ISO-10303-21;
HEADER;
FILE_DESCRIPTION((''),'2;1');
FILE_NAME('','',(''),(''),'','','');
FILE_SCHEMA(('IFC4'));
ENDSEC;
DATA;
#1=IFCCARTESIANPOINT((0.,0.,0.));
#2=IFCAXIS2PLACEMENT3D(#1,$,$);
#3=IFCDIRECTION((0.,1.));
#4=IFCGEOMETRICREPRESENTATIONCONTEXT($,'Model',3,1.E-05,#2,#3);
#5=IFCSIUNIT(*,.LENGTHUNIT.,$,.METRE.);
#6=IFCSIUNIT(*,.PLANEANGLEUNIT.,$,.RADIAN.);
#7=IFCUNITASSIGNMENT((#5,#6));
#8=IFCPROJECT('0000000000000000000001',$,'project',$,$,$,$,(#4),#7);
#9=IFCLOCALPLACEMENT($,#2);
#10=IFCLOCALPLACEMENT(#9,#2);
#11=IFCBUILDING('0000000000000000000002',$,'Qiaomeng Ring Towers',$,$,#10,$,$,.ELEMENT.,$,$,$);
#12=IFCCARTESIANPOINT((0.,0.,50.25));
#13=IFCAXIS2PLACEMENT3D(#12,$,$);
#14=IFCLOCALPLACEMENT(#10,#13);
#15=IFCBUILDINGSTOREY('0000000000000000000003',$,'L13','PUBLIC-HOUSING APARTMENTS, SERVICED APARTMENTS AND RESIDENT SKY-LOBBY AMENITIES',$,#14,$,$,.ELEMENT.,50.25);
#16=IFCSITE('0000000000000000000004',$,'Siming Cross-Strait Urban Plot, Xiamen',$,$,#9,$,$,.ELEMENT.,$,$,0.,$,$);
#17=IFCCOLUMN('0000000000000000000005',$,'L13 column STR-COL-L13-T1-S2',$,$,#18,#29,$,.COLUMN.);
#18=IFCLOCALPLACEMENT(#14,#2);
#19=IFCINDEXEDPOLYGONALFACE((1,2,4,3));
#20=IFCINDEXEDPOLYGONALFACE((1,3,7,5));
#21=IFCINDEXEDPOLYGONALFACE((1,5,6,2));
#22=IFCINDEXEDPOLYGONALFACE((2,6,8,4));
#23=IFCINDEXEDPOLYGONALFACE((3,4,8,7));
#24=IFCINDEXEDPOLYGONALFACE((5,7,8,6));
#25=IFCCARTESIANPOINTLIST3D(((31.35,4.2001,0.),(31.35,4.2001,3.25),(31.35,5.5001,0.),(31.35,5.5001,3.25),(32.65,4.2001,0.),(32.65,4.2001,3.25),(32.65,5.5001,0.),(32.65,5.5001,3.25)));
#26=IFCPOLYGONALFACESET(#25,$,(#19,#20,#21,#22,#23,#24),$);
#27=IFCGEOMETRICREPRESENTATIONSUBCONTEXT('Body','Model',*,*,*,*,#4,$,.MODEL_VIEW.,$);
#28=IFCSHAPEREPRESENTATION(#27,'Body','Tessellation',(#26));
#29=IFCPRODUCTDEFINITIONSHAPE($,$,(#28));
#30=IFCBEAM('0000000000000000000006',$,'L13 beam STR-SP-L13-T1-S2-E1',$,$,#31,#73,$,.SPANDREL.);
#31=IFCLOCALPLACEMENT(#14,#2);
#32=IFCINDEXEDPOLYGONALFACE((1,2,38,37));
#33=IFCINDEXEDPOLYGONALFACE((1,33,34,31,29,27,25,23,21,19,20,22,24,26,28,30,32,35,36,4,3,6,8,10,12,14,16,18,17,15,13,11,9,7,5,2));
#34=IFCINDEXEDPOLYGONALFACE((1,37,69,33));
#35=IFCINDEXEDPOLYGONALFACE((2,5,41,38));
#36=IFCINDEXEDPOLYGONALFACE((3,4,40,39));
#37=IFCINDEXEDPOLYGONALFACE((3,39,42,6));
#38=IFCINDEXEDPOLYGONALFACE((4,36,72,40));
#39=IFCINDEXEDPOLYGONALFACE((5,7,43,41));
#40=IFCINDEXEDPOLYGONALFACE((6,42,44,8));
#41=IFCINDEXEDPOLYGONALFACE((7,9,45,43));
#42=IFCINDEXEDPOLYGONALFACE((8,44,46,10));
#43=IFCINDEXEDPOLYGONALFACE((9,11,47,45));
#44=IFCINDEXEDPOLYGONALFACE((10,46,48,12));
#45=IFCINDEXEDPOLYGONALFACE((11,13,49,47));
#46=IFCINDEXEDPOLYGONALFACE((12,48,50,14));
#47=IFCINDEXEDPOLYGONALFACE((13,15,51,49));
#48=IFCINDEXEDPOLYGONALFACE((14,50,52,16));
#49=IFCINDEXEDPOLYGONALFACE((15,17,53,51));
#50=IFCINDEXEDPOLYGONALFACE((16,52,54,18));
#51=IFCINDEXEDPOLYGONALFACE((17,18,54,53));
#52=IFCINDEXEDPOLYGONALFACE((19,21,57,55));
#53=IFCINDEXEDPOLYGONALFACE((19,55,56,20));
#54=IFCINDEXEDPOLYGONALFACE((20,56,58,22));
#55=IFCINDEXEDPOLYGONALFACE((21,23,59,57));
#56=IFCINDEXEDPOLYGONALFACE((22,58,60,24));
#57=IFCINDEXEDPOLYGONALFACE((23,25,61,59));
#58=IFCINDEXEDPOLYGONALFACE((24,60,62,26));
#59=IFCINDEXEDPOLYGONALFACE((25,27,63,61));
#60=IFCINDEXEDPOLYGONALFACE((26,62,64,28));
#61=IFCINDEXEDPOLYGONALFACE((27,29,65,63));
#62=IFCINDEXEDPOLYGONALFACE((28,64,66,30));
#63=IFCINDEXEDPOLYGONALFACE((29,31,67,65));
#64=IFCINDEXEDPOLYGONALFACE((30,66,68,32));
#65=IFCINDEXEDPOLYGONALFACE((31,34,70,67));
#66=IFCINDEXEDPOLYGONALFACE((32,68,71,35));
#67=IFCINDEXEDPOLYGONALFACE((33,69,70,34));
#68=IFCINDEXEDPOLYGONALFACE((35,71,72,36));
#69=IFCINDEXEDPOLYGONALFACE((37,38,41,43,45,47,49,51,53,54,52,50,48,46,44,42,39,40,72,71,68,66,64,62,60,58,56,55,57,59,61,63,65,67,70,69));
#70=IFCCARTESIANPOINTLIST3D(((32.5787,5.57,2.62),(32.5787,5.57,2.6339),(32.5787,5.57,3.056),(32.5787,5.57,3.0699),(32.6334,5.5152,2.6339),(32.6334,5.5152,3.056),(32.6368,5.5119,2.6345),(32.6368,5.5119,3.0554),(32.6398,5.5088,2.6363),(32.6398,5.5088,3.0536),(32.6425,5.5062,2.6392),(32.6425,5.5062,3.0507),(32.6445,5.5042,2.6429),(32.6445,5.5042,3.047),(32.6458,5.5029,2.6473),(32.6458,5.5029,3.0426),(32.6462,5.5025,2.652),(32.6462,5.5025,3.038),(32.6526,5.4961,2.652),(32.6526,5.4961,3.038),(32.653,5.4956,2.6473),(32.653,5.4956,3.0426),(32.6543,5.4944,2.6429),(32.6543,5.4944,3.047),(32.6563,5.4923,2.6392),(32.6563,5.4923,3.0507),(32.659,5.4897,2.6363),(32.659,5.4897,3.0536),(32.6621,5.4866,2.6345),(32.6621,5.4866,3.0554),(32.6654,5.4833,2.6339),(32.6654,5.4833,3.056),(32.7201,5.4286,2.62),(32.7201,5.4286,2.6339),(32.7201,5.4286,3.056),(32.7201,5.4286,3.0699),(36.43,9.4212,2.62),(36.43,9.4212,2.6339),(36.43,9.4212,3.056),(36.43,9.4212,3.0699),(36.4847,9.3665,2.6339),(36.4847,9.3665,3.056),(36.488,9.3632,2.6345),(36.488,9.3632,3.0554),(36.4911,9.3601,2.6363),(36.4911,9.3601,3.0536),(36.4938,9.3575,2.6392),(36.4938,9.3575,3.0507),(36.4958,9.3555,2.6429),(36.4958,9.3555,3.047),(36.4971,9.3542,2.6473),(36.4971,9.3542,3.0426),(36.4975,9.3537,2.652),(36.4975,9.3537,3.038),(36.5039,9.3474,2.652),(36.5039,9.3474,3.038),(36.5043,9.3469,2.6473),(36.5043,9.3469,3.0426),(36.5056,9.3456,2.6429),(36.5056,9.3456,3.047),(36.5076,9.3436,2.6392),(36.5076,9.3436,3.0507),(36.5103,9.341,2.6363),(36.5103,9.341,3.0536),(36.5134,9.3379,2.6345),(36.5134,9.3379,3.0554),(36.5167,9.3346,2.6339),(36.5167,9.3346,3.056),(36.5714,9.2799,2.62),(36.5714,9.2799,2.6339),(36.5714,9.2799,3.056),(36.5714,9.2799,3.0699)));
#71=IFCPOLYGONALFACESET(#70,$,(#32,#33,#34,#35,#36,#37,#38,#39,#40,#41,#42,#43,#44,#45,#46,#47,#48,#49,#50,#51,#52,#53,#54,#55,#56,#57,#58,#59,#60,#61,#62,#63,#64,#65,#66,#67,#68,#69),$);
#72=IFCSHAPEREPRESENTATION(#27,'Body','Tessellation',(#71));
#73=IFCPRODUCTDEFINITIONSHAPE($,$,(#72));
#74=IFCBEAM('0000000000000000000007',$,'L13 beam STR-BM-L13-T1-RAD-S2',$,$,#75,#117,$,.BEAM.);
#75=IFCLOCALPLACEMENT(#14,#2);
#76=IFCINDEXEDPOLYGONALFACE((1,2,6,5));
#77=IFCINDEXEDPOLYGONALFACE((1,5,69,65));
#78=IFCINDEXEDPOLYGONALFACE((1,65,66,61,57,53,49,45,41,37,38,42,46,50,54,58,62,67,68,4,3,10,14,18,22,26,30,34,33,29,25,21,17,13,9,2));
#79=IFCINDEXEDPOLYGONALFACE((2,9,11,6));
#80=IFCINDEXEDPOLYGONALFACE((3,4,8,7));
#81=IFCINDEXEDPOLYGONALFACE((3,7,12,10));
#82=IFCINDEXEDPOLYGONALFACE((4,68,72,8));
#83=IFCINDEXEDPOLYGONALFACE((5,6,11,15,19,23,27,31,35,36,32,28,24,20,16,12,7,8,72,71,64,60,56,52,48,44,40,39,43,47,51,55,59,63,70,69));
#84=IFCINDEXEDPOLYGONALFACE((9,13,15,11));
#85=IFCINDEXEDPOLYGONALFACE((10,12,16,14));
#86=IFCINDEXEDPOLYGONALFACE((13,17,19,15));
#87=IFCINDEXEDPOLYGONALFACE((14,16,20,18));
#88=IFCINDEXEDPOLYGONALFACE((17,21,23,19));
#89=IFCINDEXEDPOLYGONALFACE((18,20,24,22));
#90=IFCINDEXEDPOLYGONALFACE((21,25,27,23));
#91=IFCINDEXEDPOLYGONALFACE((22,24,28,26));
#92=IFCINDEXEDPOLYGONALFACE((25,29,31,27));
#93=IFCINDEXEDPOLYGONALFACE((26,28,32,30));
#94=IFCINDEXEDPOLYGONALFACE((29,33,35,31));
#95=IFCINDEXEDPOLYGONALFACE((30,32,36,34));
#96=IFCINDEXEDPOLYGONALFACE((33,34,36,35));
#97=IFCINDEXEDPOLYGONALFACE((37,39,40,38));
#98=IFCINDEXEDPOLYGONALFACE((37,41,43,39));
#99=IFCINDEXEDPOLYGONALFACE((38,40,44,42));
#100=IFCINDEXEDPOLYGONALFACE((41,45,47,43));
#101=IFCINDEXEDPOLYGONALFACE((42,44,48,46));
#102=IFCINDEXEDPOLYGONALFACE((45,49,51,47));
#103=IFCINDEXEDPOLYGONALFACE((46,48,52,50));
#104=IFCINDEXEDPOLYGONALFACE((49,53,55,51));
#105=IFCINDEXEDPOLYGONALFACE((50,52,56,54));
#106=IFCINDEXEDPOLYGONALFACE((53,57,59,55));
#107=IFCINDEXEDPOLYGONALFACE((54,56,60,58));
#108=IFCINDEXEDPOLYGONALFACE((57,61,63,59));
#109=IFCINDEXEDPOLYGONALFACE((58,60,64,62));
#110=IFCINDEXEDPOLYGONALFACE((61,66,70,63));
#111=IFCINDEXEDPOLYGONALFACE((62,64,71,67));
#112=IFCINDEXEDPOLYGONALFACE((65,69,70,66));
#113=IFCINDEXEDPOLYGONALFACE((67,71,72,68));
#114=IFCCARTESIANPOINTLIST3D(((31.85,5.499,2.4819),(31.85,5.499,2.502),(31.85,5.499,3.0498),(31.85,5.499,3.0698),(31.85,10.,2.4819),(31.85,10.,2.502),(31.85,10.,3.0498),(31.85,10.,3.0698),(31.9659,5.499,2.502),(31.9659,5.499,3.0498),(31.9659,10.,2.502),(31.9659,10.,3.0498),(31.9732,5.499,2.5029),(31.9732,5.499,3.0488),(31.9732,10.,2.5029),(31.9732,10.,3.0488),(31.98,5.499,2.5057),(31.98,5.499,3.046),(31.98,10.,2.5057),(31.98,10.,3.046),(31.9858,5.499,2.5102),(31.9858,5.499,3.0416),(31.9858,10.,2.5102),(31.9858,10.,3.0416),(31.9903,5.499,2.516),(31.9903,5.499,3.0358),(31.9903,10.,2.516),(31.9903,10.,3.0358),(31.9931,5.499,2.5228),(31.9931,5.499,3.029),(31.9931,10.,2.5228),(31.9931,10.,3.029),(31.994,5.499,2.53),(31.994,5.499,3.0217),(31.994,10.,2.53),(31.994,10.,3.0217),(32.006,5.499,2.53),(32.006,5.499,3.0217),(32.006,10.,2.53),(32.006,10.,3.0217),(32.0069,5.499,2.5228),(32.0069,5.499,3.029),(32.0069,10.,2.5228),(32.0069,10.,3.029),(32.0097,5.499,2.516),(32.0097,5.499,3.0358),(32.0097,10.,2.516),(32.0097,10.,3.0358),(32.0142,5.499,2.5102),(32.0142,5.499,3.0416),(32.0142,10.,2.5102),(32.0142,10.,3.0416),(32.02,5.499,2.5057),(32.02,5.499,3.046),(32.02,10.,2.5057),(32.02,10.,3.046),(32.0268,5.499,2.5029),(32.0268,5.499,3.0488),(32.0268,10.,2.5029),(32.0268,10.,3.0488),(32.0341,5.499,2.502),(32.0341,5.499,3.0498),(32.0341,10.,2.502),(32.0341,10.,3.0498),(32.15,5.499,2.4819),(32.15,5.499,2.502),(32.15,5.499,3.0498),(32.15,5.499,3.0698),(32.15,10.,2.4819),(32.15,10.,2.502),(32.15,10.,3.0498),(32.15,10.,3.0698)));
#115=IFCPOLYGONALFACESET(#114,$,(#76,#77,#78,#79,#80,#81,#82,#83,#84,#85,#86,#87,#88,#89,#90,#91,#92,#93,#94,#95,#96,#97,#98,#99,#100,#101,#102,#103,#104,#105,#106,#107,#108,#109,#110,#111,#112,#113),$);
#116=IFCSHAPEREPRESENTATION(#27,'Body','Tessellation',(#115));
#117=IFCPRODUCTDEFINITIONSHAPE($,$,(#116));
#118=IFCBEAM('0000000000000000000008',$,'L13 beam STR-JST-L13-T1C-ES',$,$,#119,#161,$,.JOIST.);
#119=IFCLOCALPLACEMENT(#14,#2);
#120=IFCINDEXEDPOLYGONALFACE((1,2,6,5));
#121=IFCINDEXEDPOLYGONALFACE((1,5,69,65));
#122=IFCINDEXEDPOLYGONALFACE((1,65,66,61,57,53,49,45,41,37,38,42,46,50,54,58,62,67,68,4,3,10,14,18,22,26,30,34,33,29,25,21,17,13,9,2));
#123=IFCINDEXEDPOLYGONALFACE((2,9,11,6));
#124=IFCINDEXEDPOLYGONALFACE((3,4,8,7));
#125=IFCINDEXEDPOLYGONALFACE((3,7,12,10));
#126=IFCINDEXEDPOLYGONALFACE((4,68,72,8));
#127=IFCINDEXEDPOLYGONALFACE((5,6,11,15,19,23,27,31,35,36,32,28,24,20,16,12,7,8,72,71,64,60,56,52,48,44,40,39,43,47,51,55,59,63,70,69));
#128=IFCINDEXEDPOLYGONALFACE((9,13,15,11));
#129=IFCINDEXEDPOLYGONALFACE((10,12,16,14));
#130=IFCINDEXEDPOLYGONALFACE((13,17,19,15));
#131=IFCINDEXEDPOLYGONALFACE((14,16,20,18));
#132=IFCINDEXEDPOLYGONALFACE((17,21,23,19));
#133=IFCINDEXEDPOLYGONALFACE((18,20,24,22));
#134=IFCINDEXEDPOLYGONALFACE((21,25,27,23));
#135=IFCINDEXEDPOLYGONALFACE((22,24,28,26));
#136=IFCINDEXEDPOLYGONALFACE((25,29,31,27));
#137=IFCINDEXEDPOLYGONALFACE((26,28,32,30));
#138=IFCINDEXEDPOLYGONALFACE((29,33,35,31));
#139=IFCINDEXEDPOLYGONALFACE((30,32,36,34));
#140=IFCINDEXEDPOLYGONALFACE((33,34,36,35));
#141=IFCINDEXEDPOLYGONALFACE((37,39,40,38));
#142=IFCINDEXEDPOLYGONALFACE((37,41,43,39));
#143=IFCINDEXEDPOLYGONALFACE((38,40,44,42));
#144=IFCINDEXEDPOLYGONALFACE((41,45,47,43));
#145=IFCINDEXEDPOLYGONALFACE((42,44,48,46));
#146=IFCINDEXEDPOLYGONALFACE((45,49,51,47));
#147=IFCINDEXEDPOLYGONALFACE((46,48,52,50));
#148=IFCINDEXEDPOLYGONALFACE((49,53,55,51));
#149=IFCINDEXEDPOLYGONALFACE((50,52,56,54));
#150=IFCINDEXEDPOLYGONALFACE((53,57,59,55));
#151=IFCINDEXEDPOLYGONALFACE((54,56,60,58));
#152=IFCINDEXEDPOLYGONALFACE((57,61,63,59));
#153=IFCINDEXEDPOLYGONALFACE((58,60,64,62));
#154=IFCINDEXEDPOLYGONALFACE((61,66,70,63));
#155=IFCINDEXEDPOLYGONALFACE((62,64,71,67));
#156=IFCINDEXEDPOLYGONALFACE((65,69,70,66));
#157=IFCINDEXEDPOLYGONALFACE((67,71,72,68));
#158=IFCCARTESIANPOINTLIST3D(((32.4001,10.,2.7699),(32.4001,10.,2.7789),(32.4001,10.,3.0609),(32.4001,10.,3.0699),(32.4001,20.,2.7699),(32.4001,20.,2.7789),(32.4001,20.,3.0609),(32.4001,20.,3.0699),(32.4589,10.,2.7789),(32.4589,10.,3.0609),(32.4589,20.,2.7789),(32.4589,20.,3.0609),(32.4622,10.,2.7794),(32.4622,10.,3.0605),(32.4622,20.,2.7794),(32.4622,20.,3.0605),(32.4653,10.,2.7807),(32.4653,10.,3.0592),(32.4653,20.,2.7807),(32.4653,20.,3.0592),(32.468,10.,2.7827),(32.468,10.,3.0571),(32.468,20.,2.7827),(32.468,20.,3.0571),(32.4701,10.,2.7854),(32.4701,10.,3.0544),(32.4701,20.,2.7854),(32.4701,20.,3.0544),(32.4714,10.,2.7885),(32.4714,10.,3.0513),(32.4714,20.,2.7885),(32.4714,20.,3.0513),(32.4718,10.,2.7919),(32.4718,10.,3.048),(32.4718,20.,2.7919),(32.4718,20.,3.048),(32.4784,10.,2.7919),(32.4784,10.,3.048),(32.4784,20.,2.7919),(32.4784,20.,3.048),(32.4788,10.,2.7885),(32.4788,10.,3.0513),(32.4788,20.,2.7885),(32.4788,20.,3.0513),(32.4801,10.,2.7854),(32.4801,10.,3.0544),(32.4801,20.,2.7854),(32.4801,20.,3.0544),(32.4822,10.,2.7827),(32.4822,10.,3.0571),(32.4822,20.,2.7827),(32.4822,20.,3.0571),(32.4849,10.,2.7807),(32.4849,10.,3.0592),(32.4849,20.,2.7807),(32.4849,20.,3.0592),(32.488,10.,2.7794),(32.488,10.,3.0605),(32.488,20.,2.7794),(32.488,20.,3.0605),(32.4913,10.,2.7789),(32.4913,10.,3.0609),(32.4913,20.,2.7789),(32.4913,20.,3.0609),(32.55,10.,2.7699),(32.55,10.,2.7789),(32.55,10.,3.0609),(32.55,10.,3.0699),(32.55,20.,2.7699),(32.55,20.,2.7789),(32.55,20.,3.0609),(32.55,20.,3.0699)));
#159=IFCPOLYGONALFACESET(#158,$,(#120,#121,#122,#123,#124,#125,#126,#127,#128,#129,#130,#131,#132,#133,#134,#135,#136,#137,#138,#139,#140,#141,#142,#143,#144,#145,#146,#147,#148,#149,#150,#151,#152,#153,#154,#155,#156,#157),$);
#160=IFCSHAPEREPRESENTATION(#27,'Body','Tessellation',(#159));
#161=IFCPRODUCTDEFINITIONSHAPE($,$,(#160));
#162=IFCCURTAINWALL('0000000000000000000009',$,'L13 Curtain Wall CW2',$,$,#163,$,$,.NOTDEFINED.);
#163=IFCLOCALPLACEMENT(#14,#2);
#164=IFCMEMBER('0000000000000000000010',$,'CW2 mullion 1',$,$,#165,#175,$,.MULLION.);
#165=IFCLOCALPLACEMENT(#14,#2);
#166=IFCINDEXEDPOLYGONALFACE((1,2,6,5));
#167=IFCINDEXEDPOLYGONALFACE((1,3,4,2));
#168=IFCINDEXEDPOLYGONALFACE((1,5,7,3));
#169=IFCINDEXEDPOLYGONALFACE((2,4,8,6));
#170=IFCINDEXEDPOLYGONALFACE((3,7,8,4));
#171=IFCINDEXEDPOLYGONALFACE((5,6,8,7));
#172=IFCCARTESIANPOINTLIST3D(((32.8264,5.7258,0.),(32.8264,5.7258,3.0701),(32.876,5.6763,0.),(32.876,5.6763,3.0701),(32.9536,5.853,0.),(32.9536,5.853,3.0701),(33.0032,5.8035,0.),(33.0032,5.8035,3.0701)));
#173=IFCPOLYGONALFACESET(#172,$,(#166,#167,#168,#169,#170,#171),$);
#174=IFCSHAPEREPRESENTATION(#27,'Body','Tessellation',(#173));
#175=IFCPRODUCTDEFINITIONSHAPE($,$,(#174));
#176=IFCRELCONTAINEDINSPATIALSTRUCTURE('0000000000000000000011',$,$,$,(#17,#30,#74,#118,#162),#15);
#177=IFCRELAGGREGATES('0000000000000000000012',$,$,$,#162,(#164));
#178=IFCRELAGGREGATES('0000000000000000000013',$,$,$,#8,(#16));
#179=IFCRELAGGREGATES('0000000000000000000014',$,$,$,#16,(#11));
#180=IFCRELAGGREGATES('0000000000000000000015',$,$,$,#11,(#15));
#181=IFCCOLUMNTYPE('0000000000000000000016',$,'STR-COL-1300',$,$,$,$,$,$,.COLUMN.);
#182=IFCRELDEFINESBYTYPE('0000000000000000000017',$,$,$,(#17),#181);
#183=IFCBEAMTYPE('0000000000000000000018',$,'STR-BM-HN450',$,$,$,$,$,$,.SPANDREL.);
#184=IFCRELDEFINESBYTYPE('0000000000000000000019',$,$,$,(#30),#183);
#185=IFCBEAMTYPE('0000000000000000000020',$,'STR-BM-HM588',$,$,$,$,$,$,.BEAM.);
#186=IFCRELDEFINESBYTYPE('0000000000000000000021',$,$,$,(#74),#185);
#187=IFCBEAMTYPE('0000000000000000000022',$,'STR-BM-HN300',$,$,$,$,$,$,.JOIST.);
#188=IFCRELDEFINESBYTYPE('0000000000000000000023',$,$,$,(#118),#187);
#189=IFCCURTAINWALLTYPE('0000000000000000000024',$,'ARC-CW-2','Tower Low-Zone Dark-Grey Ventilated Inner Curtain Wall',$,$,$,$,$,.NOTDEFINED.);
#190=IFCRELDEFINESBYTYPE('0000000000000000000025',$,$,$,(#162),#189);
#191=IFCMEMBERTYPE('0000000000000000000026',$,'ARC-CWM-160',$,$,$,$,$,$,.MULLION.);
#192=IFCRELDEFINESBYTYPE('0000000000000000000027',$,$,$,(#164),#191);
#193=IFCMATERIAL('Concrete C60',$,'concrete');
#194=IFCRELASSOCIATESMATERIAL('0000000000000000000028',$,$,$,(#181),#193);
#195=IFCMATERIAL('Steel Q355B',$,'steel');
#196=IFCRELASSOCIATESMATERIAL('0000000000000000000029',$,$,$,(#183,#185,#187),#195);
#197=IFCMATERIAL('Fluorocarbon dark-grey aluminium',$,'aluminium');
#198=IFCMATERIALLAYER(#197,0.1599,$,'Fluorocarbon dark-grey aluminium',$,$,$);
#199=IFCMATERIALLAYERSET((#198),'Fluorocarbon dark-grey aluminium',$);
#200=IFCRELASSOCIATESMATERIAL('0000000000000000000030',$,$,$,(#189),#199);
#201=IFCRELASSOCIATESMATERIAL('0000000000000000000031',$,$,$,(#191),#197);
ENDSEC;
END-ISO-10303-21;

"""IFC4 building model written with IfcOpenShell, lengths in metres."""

from ifc_helpers import new_model, si_unit, direction, frame, origin, origin_2d, place, context, subcontext, project, spatial, rectangle, i_section, extrude, source, transform, mapped, material, layer, layer_set, material_profile, profile_set, type_object, element, aggregate, save


model = new_model("IFC4")

# Units and contexts
model_context = context("Model", 3, precision=1e-05, world=origin(), true_north=direction((0.0, 1.0)))
body_context = subcontext(model_context, "Body", "Model", "MODEL_VIEW")
ifc_project = project(units=[si_unit("LENGTHUNIT", "METRE"), si_unit("PLANEANGLEUNIT", "RADIAN")], contexts=[model_context])

# Site, building, storey
site_placement = place(None, origin())
site = spatial("IfcSite", under=ifc_project, at=site_placement, Name="Siming Cross-Strait Urban Plot, Xiamen", CompositionType="ELEMENT", RefElevation=0.0)
building_placement = place(site_placement, origin())
building = spatial("IfcBuilding", under=site, at=building_placement, Name="Qiaomeng Ring Towers", CompositionType="ELEMENT")
storey_placement = place(building_placement, frame((0.0, 0.0, 50.25)))
storey = spatial("IfcBuildingStorey", under=building, at=storey_placement, Name="L13", Description="PUBLIC-HOUSING APARTMENTS, SERVICED APARTMENTS AND RESIDENT SKY-LOBBY AMENITIES", CompositionType="ELEMENT", Elevation=50.25)

# Column
ifc_material_1 = material(Name="Concrete C60", Category="concrete")
ifc_material_profile_1 = material_profile(ifc_material_1, rectangle(XDim=1.3, YDim=1.3, at=origin_2d()), Name="RC COL 1300x1300")
ifc_profile_set_1 = profile_set([ifc_material_profile_1], Name="Concrete C60")
column_type = type_object("IfcColumnType", Name="STR-COL-1300", PredefinedType="COLUMN", material=ifc_profile_set_1)
shared_shape_1 = source(origin(), body_context, "Body", "SweptSolid", [
    extrude(rectangle(XDim=1.3, YDim=1.3, at=origin_2d()), origin(), (0.0, 0.0, 1.0), 3.25),
])
column_placement = place(storey_placement, frame((32.0, 4.8501, 0.0), z_axis=(0.0, 0.0, 1.0), x_axis=(1.0, 0.0, 0.0)))
element("IfcColumn", 1, at=column_placement, inside=storey, type_object=column_type, Name="L13 column STR-COL-L13-T1-S2", PredefinedType="COLUMN", context=body_context, shape_type="MappedRepresentation", body=[
    mapped(shared_shape_1, transform((0.0, 0.0, 0.0), x_axis=(1.0, 0.0, 0.0), y_axis=(0.0, 1.0, 0.0), z_axis=(0.0, 0.0, 1.0), scale=1.0)),
])

# Beams
ifc_material_2 = material(Name="Steel Q355B", Category="steel")
ifc_material_profile_2 = material_profile(ifc_material_2, i_section(OverallWidth=0.2, OverallDepth=0.45, WebThickness=0.009, FlangeThickness=0.0139, FilletRadius=0.0181, at=origin_2d()), Name="HN 450x200x9x14")
ifc_profile_set_2 = profile_set([ifc_material_profile_2], Name="Steel Q355B")
beam_type_1 = type_object("IfcBeamType", Name="STR-BM-HN450", PredefinedType="SPANDREL", material=ifc_profile_set_2)
shared_shape_2 = source(origin(), body_context, "Body", "SweptSolid", [
    extrude(i_section(OverallWidth=0.2, OverallDepth=0.45, WebThickness=0.009, FlangeThickness=0.0139, FilletRadius=0.0181, at=origin_2d()), origin(), (0.0, 0.0, 1.0), 5.4465),
])
beam_1_placement = place(storey_placement, frame((32.6494, 5.4993, 2.845), z_axis=(0.707107, 0.707107, 0.0), x_axis=(-0.707107, 0.707107, 0.0)))
element("IfcBeam", 2, at=beam_1_placement, inside=storey, type_object=beam_type_1, Name="L13 beam STR-SP-L13-T1-S2-E1", PredefinedType="SPANDREL", context=body_context, shape_type="MappedRepresentation", body=[
    mapped(shared_shape_2, transform((0.0, 0.0, 0.0), x_axis=(1.0, 0.0, 0.0), y_axis=(0.0, 1.0, 0.0), z_axis=(0.0, 0.0, 1.0), scale=1.0)),
])
ifc_material_profile_3 = material_profile(ifc_material_2, i_section(OverallWidth=0.3, OverallDepth=0.5879, WebThickness=0.012, FlangeThickness=0.02, FilletRadius=0.0281, at=origin_2d()), Name="HM 588x300x12x20")
ifc_profile_set_3 = profile_set([ifc_material_profile_3], Name="Steel Q355B")
beam_type_2 = type_object("IfcBeamType", Name="STR-BM-HM588", PredefinedType="BEAM", material=ifc_profile_set_3)
shared_shape_3 = source(origin(), body_context, "Body", "SweptSolid", [
    extrude(i_section(OverallWidth=0.3, OverallDepth=0.5879, WebThickness=0.012, FlangeThickness=0.02, FilletRadius=0.0281, at=origin_2d()), origin(), (0.0, 0.0, 1.0), 4.501),
])
beam_2_placement = place(storey_placement, frame((32.0, 5.499, 2.7759), z_axis=(0.0, 1.0, 0.0), x_axis=(-1.0, 0.0, 0.0)))
element("IfcBeam", 3, at=beam_2_placement, inside=storey, type_object=beam_type_2, Name="L13 beam STR-BM-L13-T1-RAD-S2", PredefinedType="BEAM", context=body_context, shape_type="MappedRepresentation", body=[
    mapped(shared_shape_3, transform((0.0, 0.0, 0.0), x_axis=(1.0, 0.0, 0.0), y_axis=(0.0, 1.0, 0.0), z_axis=(0.0, 0.0, 1.0), scale=1.0)),
])
ifc_material_profile_4 = material_profile(ifc_material_2, i_section(OverallWidth=0.1499, OverallDepth=0.3, WebThickness=0.0066, FlangeThickness=0.009, FilletRadius=0.0129, at=origin_2d()), Name="HN 300x150x6.5x9")
ifc_profile_set_4 = profile_set([ifc_material_profile_4], Name="Steel Q355B")
beam_type_3 = type_object("IfcBeamType", Name="STR-BM-HN300", PredefinedType="JOIST", material=ifc_profile_set_4)
shared_shape_4 = source(origin(), body_context, "Body", "SweptSolid", [
    extrude(i_section(OverallWidth=0.1499, OverallDepth=0.3, WebThickness=0.0066, FlangeThickness=0.009, FilletRadius=0.0129, at=origin_2d()), origin(), (0.0, 0.0, 1.0), 10.0),
])
beam_3_placement = place(storey_placement, frame((32.4751, 10.0, 2.9199), z_axis=(0.0, 1.0, 0.0), x_axis=(-1.0, 0.0, 0.0)))
element("IfcBeam", 4, at=beam_3_placement, inside=storey, type_object=beam_type_3, Name="L13 beam STR-JST-L13-T1C-ES", PredefinedType="JOIST", context=body_context, shape_type="MappedRepresentation", body=[
    mapped(shared_shape_4, transform((0.0, 0.0, 0.0), x_axis=(1.0, 0.0, 0.0), y_axis=(0.0, 1.0, 0.0), z_axis=(0.0, 0.0, 1.0), scale=1.0)),
])

# Curtain wall, member
ifc_material_3 = material(Name="Fluorocarbon dark-grey aluminium", Category="aluminium")
ifc_layer_1 = layer(ifc_material_3, 0.1599, Name="Fluorocarbon dark-grey aluminium")
ifc_layer_set_1 = layer_set([ifc_layer_1], Name="Fluorocarbon dark-grey aluminium")
curtain_wall_type = type_object("IfcCurtainWallType", Name="ARC-CW-2", Description="Tower Low-Zone Dark-Grey Ventilated Inner Curtain Wall", PredefinedType="NOTDEFINED", material=ifc_layer_set_1)
curtain_wall_placement = place(storey_placement, origin())
curtain_wall = element("IfcCurtainWall", 5, at=curtain_wall_placement, inside=storey, type_object=curtain_wall_type, Name="L13 Curtain Wall CW2", PredefinedType="NOTDEFINED")
ifc_material_profile_5 = material_profile(ifc_material_3, rectangle(XDim=0.0701, YDim=0.1799, at=origin_2d()), Name="ALU MULL 70x180")
ifc_profile_set_5 = profile_set([ifc_material_profile_5], Name="Fluorocarbon dark-grey aluminium")
member_type_1 = type_object("IfcMemberType", Name="ARC-CWM-160", PredefinedType="MULLION", material=ifc_profile_set_5)
shared_shape_5 = source(origin(), body_context, "Body", "SweptSolid", [
    extrude(rectangle(XDim=0.0701, YDim=0.1799, at=origin_2d()), origin(), (0.0, 0.0, 1.0), 3.0701),
])
member_1_placement = place(storey_placement, frame((32.9148, 5.7646, 0.0), z_axis=(0.0, 0.0, 1.0), x_axis=(-0.707107, 0.707107, 0.0)))
member_1 = element("IfcMember", 6, at=member_1_placement, type_object=member_type_1, Name="CW2 mullion 1", PredefinedType="MULLION", context=body_context, shape_type="MappedRepresentation", body=[
    mapped(shared_shape_5, transform((0.0, 0.0, 0.0), x_axis=(1.0, 0.0, 0.0), y_axis=(0.0, 1.0, 0.0), z_axis=(0.0, 0.0, 1.0), scale=1.0)),
])
aggregate(curtain_wall, [member_1])

save(model, "model.ifc")
